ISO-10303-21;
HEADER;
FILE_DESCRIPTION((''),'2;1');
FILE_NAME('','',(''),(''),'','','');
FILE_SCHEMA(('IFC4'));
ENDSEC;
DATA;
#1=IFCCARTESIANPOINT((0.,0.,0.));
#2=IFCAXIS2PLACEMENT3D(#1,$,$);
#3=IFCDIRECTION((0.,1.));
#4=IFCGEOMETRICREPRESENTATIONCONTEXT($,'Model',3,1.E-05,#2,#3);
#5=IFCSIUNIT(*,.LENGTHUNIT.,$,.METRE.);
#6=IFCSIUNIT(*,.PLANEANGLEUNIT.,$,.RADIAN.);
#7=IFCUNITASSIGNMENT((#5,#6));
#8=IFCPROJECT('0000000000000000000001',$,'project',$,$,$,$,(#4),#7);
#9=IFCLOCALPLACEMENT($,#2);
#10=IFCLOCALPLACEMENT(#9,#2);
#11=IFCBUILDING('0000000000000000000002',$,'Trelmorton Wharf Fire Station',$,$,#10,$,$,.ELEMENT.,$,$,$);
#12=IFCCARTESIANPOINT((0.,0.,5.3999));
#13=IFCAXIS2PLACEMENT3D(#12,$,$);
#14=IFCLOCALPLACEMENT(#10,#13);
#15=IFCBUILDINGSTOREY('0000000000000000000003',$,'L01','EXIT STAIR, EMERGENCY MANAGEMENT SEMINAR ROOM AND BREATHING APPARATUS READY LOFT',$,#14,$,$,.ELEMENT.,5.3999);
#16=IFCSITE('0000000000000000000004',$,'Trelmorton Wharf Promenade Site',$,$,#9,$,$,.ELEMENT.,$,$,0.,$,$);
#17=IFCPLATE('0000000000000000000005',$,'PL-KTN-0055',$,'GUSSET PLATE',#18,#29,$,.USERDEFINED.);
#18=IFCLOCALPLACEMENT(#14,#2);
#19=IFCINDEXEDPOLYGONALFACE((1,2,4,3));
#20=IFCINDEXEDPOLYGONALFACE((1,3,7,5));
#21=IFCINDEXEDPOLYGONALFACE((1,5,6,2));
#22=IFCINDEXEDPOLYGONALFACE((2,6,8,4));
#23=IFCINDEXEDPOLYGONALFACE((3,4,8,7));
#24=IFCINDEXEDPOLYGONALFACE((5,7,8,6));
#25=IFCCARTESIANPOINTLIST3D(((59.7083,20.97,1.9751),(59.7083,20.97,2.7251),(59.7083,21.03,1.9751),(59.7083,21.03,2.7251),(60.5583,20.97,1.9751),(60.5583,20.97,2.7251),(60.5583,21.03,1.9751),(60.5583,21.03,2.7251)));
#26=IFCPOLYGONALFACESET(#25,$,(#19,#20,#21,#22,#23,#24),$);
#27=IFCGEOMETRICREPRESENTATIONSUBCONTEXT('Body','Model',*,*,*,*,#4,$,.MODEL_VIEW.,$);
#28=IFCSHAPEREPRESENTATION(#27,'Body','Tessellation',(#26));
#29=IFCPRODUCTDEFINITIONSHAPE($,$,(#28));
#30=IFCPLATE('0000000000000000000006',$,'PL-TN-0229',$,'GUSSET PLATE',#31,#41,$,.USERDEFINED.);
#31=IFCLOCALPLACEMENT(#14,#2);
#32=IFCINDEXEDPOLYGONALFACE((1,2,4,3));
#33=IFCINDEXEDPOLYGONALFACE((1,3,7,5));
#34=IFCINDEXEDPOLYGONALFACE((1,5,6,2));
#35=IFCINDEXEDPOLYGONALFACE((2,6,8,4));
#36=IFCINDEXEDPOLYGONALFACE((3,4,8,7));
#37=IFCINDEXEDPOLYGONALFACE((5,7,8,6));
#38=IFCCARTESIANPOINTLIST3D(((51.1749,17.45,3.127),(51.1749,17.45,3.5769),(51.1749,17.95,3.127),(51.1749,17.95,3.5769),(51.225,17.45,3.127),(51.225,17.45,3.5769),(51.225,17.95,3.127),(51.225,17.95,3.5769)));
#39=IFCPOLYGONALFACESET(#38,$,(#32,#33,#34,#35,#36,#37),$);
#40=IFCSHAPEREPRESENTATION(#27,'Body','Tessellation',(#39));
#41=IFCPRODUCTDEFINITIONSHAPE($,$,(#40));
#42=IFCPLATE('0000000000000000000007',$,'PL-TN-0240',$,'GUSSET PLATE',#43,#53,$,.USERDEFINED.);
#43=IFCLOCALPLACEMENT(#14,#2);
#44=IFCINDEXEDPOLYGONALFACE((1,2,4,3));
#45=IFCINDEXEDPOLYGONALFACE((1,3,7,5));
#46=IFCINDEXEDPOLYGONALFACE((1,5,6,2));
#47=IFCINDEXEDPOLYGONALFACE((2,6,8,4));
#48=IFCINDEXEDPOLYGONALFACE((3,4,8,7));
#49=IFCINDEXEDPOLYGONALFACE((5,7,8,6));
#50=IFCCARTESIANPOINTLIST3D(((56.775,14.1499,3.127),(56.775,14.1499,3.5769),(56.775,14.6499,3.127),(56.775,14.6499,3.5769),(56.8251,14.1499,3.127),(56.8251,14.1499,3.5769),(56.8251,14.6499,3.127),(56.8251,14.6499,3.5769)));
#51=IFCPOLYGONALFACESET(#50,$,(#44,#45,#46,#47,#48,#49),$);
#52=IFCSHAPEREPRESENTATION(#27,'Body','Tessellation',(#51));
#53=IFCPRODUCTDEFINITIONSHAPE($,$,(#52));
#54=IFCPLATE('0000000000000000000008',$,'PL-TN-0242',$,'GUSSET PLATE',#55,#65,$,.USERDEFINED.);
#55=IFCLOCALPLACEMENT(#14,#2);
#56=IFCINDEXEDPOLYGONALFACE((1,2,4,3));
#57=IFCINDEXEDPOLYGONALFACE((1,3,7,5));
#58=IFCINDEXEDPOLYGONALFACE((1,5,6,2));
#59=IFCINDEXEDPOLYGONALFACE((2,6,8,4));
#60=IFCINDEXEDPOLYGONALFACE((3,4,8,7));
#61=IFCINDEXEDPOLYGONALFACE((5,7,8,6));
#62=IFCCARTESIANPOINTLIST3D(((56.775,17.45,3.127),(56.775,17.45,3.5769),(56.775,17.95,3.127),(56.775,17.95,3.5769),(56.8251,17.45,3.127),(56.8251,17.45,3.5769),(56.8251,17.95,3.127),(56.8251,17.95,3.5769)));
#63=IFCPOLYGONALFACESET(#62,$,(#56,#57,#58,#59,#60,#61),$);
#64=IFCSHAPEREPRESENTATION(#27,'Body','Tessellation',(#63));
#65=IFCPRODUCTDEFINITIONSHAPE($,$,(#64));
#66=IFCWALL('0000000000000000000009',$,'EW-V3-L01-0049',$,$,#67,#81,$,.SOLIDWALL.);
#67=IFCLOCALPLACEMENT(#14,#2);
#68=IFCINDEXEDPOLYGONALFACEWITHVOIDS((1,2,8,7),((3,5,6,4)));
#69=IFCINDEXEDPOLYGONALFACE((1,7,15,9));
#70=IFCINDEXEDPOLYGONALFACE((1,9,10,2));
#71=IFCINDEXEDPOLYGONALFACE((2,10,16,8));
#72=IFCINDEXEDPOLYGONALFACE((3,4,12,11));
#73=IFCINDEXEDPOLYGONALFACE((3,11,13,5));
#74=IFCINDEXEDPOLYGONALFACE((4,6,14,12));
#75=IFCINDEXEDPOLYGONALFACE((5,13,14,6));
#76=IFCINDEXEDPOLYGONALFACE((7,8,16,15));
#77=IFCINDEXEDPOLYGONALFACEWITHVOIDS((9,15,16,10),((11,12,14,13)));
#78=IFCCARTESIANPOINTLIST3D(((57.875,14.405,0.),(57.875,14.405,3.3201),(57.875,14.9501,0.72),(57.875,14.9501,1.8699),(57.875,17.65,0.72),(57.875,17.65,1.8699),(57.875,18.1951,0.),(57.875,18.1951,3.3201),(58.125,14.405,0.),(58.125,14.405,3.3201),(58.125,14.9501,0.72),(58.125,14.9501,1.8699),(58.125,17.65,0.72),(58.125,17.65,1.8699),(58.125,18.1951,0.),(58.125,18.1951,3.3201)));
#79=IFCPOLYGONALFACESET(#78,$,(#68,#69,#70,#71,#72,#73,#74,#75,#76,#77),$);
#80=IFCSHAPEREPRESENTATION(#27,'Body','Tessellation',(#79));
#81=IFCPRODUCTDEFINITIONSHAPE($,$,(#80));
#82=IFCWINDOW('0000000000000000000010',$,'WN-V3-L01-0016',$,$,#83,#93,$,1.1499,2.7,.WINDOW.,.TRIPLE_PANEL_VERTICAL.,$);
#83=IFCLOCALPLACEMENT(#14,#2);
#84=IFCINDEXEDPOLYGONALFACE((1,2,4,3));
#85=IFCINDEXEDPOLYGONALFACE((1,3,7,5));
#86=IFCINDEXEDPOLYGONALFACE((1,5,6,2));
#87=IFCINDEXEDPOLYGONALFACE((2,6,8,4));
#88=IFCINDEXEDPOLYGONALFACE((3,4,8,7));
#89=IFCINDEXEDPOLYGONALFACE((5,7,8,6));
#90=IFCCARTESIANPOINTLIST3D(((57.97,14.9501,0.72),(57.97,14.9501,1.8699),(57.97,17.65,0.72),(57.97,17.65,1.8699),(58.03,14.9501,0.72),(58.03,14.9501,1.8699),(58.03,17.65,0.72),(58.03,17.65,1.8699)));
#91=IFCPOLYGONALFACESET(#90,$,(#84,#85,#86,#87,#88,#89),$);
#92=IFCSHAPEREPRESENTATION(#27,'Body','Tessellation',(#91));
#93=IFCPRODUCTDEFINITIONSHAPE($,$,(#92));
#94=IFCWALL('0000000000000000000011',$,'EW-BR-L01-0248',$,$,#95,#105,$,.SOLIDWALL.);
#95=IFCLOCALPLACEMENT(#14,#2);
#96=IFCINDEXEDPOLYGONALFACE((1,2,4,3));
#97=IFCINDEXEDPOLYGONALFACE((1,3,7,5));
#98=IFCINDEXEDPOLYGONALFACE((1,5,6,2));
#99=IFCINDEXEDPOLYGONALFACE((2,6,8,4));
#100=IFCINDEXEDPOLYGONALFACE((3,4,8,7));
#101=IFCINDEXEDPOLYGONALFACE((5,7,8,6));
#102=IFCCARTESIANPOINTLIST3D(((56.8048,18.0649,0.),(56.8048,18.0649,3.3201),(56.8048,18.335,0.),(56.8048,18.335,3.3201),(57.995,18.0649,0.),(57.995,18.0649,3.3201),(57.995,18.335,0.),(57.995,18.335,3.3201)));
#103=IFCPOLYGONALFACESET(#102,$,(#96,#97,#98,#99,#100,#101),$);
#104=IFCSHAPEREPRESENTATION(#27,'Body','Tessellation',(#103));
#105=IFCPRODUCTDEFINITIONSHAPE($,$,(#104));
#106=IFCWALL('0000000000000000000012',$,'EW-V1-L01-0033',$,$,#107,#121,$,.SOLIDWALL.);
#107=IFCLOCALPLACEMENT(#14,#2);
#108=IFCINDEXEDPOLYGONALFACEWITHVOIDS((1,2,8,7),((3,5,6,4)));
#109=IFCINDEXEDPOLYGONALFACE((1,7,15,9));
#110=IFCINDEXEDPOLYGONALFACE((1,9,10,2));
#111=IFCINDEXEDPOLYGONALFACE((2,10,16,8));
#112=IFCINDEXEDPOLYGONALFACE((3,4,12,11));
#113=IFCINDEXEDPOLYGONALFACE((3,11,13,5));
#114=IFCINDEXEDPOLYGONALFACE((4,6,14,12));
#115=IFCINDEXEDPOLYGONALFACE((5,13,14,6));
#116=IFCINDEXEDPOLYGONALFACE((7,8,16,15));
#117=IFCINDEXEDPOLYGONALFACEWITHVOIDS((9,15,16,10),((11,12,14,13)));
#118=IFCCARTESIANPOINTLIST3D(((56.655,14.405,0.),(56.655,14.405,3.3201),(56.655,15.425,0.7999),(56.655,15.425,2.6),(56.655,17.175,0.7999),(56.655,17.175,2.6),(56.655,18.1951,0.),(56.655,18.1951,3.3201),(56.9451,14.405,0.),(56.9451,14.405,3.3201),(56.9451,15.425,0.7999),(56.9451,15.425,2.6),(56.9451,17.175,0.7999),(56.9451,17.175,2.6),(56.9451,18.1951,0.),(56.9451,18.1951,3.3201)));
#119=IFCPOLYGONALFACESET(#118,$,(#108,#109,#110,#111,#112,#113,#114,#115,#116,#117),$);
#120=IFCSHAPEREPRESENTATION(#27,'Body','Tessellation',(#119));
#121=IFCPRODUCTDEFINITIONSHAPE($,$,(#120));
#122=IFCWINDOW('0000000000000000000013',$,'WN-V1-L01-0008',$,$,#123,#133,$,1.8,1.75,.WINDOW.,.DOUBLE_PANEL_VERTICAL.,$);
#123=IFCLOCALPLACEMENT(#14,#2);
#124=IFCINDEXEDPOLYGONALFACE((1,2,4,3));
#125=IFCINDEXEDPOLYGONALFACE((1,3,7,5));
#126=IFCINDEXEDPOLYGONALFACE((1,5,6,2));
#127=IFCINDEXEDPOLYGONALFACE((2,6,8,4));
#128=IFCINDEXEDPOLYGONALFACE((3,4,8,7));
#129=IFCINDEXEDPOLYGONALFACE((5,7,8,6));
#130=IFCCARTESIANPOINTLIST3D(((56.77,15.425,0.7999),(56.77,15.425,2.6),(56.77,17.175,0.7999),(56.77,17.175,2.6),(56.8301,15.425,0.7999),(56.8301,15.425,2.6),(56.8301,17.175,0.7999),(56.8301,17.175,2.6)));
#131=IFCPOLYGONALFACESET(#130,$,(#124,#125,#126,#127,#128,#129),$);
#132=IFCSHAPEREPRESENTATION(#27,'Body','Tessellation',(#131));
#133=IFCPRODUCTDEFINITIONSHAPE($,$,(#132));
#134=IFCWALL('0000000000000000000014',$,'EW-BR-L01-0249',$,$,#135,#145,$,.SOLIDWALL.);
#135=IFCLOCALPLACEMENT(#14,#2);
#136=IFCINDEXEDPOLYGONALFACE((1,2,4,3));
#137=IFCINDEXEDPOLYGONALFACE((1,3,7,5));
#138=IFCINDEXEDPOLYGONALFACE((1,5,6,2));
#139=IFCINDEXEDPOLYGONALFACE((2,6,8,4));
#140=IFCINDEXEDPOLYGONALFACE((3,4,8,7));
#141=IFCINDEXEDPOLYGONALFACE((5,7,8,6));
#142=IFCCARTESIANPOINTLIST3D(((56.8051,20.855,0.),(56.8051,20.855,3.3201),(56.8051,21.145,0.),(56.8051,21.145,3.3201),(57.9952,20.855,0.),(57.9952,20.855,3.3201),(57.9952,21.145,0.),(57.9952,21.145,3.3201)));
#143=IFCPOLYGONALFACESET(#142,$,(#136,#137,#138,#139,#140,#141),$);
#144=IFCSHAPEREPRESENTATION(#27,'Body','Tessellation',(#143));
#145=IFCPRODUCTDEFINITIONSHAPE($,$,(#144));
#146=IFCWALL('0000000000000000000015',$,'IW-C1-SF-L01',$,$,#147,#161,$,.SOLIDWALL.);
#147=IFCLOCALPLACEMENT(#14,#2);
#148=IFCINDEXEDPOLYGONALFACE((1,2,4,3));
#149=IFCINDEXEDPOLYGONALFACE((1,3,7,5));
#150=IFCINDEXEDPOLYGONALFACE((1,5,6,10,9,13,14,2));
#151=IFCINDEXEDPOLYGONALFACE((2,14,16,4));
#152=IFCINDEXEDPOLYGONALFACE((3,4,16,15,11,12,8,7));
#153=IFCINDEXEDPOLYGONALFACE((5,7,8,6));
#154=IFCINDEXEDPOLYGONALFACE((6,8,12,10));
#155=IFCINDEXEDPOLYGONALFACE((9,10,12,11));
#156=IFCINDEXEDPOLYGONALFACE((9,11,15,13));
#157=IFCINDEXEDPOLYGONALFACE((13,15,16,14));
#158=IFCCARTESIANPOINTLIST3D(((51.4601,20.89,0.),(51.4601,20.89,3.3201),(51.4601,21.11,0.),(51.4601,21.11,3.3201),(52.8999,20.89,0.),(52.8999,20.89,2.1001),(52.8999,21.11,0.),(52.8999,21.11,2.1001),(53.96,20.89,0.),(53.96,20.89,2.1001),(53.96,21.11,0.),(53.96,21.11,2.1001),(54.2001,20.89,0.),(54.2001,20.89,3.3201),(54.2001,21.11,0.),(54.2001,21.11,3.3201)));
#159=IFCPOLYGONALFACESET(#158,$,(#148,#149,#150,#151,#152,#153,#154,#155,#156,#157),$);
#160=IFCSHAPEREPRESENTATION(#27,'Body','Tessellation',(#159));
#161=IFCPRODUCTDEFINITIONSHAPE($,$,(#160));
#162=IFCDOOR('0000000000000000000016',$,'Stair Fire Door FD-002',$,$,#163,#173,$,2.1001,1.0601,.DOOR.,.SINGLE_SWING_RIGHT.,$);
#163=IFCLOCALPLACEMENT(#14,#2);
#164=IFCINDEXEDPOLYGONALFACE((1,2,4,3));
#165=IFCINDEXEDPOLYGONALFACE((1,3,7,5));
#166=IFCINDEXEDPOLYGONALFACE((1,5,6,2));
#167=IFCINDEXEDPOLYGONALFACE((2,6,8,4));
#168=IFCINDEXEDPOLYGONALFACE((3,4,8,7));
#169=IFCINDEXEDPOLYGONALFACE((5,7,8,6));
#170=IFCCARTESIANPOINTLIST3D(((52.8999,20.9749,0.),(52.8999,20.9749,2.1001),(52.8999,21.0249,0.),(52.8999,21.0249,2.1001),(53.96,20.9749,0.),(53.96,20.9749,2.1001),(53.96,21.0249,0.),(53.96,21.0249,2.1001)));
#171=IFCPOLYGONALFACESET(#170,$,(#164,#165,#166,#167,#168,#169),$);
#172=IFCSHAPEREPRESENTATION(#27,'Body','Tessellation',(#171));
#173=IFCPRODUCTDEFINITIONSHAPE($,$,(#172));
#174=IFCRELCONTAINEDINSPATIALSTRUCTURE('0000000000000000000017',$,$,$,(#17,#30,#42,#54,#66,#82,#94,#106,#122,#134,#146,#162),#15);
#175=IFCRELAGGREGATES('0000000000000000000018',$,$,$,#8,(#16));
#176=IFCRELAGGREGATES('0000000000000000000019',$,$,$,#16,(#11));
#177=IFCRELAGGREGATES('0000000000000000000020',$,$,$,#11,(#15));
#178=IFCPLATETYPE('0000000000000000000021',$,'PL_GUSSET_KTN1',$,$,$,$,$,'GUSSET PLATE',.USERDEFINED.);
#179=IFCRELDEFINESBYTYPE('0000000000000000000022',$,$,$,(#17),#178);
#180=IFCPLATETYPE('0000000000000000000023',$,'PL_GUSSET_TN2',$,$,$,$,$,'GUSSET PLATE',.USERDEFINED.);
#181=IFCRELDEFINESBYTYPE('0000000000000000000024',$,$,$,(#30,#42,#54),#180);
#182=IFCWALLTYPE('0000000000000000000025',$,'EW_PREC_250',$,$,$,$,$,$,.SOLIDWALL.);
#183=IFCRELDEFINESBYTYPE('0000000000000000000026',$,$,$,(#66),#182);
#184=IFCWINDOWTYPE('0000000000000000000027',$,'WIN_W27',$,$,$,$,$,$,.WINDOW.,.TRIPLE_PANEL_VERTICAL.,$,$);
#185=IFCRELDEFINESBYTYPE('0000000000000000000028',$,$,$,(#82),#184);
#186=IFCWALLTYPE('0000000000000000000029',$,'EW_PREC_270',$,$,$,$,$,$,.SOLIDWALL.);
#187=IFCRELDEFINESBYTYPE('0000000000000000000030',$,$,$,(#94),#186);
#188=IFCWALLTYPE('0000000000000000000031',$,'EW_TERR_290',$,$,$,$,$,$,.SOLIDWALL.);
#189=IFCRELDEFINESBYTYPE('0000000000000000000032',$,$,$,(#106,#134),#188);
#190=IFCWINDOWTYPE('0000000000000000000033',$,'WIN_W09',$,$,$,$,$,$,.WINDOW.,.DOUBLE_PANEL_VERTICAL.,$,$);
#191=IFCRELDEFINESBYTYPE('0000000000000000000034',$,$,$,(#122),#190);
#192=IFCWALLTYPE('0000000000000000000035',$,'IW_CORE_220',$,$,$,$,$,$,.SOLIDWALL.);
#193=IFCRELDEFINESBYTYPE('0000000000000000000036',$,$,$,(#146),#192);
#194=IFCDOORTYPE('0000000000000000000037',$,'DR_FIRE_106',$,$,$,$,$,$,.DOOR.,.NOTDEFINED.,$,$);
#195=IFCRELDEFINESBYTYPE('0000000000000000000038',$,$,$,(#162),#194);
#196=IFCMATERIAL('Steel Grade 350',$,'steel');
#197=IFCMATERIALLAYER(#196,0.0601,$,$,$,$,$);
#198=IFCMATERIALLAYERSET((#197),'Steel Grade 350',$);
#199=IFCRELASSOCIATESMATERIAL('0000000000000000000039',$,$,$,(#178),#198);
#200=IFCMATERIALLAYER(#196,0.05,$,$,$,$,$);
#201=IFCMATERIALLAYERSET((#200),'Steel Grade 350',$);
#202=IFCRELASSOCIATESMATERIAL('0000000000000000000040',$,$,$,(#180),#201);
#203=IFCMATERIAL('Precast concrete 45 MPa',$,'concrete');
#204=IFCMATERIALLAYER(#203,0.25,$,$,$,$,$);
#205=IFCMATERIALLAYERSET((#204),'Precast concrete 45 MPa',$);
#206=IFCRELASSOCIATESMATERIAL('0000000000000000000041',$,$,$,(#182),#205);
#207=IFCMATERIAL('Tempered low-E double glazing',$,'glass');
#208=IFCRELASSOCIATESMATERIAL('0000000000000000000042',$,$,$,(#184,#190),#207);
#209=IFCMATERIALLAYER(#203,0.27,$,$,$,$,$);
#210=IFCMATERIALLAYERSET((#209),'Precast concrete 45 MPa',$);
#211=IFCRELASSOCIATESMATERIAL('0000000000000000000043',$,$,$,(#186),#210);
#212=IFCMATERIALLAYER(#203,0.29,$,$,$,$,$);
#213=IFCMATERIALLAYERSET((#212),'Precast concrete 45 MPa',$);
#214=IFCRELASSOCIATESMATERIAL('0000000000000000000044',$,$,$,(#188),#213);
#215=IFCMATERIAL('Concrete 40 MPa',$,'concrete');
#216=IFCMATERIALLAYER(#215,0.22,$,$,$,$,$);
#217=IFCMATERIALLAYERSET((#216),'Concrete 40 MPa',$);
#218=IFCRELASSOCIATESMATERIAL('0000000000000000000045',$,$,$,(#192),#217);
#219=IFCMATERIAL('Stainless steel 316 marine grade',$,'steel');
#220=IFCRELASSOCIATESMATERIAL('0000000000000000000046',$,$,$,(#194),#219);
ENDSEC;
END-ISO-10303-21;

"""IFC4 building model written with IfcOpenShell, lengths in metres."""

from ifc_helpers import new_model, si_unit, direction, frame, frame_2d, origin, origin_2d, place, context, subcontext, project, spatial, rectangle, extrude, material, layer, layer_set, type_object, element, fill, save


model = new_model("IFC4")

# Units and contexts
model_context = context("Model", 3, precision=1e-05, world=origin(), true_north=direction((0.0, 1.0)))
body_context = subcontext(model_context, "Body", "Model", "MODEL_VIEW")
ifc_project = project(units=[si_unit("LENGTHUNIT", "METRE"), si_unit("PLANEANGLEUNIT", "RADIAN")], contexts=[model_context])

# Site, building, storey
site_placement = place(None, origin())
site = spatial("IfcSite", under=ifc_project, at=site_placement, Name="Trelmorton Wharf Promenade Site", CompositionType="ELEMENT", RefElevation=0.0)
building_placement = place(site_placement, origin())
building = spatial("IfcBuilding", under=site, at=building_placement, Name="Trelmorton Wharf Fire Station", CompositionType="ELEMENT")
storey_placement = place(building_placement, frame((0.0, 0.0, 5.3999)))
storey = spatial("IfcBuildingStorey", under=building, at=storey_placement, Name="L01", Description="EXIT STAIR, EMERGENCY MANAGEMENT SEMINAR ROOM AND BREATHING APPARATUS READY LOFT", CompositionType="ELEMENT", Elevation=5.3999)

# Shared definitions
ifc_material_1 = material(Name="Steel Grade 350", Category="steel")

# Plates
ifc_layer_1 = layer(ifc_material_1, 0.0601)
ifc_layer_set_1 = layer_set([ifc_layer_1], Name="Steel Grade 350")
plate_type_1 = type_object("IfcPlateType", Name="PL_GUSSET_KTN1", ElementType="GUSSET PLATE", PredefinedType="USERDEFINED", material=ifc_layer_set_1)
for number, where, z_axis, x_axis, name in (
    (1, (60.1333, 21.0, 1.9751), (0.0, 0.0, 1.0), (1.0, 0.0, 0.0), "PL-KTN-0055"),
):
    element("IfcPlate", number, at=place(storey_placement, frame(where, z_axis=z_axis, x_axis=x_axis)), inside=storey, type_object=plate_type_1, Name=name, ObjectType="GUSSET PLATE", PredefinedType="USERDEFINED", context=body_context, shape_type="SweptSolid", body=[
        extrude(rectangle(XDim=0.8501, YDim=0.0601, at=origin_2d()), origin(), (0.0, 0.0, 1.0), 0.75),
    ])
ifc_layer_2 = layer(ifc_material_1, 0.05)
ifc_layer_set_2 = layer_set([ifc_layer_2], Name="Steel Grade 350")
plate_type_2 = type_object("IfcPlateType", Name="PL_GUSSET_TN2", ElementType="GUSSET PLATE", PredefinedType="USERDEFINED", material=ifc_layer_set_2)
for number, where, z_axis, x_axis, name in (
    (2, (51.2, 17.7, 3.127), (0.0, 0.0, 1.0), (1.0, 0.0, 0.0), "PL-TN-0229"),
    (3, (56.8, 14.3999, 3.127), (0.0, 0.0, 1.0), (1.0, 0.0, 0.0), "PL-TN-0240"),
    (4, (56.8, 17.7, 3.127), (0.0, 0.0, 1.0), (1.0, 0.0, 0.0), "PL-TN-0242"),
):
    element("IfcPlate", number, at=place(storey_placement, frame(where, z_axis=z_axis, x_axis=x_axis)), inside=storey, type_object=plate_type_2, Name=name, ObjectType="GUSSET PLATE", PredefinedType="USERDEFINED", context=body_context, shape_type="SweptSolid", body=[
        extrude(rectangle(XDim=0.05, YDim=0.5, at=origin_2d()), origin(), (0.0, 0.0, 1.0), 0.45),
    ])

# Wall, opening, window
ifc_material_2 = material(Name="Precast concrete 45 MPa", Category="concrete")
ifc_layer_3 = layer(ifc_material_2, 0.25)
ifc_layer_set_3 = layer_set([ifc_layer_3], Name="Precast concrete 45 MPa")
wall_type_1 = type_object("IfcWallType", Name="EW_PREC_250", PredefinedType="SOLIDWALL", material=ifc_layer_set_3)
wall_1_placement = place(storey_placement, frame((58.0, 14.405, 0.0), z_axis=(0.0, 0.0, 1.0), x_axis=(0.0, 1.0, 0.0)))
wall_1 = element("IfcWall", 5, at=wall_1_placement, inside=storey, type_object=wall_type_1, Name="EW-V3-L01-0049", PredefinedType="SOLIDWALL", context=body_context, shape_type="SweptSolid", body=[
    extrude(rectangle(XDim=3.79, YDim=0.25, at=frame_2d((1.895, 0.0))), origin(), (0.0, 0.0, 1.0), 3.3201),
])
opening_1_placement = place(wall_1_placement, frame((0.5449, 0.0, 0.72)))
opening_1 = element("IfcOpeningElement", 6, at=opening_1_placement, cuts=wall_1, PredefinedType="OPENING", context=body_context, shape_type="SweptSolid", body=[
    extrude(rectangle(XDim=2.7, YDim=1.1499, at=frame_2d((1.3501, 0.575))), frame((0.0, 0.135, 0.0), z_axis=(0.0, -1.0, 0.0), x_axis=(1.0, 0.0, 0.0)), (0.0, 0.0, 1.0), 0.27),
])
ifc_material_3 = material(Name="Tempered low-E double glazing", Category="glass")
window_type_1 = type_object("IfcWindowType", Name="WIN_W27", PartitioningType="TRIPLE_PANEL_VERTICAL", PredefinedType="WINDOW", material=ifc_material_3)
window_1_placement = place(opening_1_placement, origin())
window_1 = element("IfcWindow", 7, at=window_1_placement, inside=storey, type_object=window_type_1, Name="WN-V3-L01-0016", OverallHeight=1.1499, OverallWidth=2.7, PartitioningType="TRIPLE_PANEL_VERTICAL", PredefinedType="WINDOW", context=body_context, shape_type="SweptSolid", body=[
    extrude(rectangle(XDim=2.7, YDim=1.1499, at=frame_2d((1.3501, 0.575))), frame((0.0, 0.03, 0.0), z_axis=(0.0, -1.0, 0.0), x_axis=(1.0, 0.0, 0.0)), (0.0, 0.0, 1.0), 0.0601),
])
fill(opening_1, window_1)

# Wall
ifc_layer_4 = layer(ifc_material_2, 0.27)
ifc_layer_set_4 = layer_set([ifc_layer_4], Name="Precast concrete 45 MPa")
wall_type_2 = type_object("IfcWallType", Name="EW_PREC_270", PredefinedType="SOLIDWALL", material=ifc_layer_set_4)
wall_2_placement = place(storey_placement, frame((57.9951, 18.2, 0.0), z_axis=(0.0, 0.0, 1.0), x_axis=(-1.0, 0.0, 0.0)))
element("IfcWall", 8, at=wall_2_placement, inside=storey, type_object=wall_type_2, Name="EW-BR-L01-0248", PredefinedType="SOLIDWALL", context=body_context, shape_type="SweptSolid", body=[
    extrude(rectangle(XDim=1.1902, YDim=0.27, at=frame_2d((0.5952, 0.0))), origin(), (0.0, 0.0, 1.0), 3.3201),
])

# Wall, opening, window
ifc_layer_5 = layer(ifc_material_2, 0.29)
ifc_layer_set_5 = layer_set([ifc_layer_5], Name="Precast concrete 45 MPa")
wall_type_3 = type_object("IfcWallType", Name="EW_TERR_290", PredefinedType="SOLIDWALL", material=ifc_layer_set_5)
wall_3_placement = place(storey_placement, frame((56.8, 18.1951, 0.0), z_axis=(0.0, 0.0, 1.0), x_axis=(0.0, -1.0, 0.0)))
wall_3 = element("IfcWall", 9, at=wall_3_placement, inside=storey, type_object=wall_type_3, Name="EW-V1-L01-0033", PredefinedType="SOLIDWALL", context=body_context, shape_type="SweptSolid", body=[
    extrude(rectangle(XDim=3.79, YDim=0.29, at=frame_2d((1.895, 0.0))), origin(), (0.0, 0.0, 1.0), 3.3201),
])
opening_2_placement = place(wall_3_placement, frame((1.02, 0.0, 0.8)))
opening_2 = element("IfcOpeningElement", 10, at=opening_2_placement, cuts=wall_3, PredefinedType="OPENING", context=body_context, shape_type="SweptSolid", body=[
    extrude(rectangle(XDim=1.75, YDim=1.8, at=frame_2d((0.875, 0.8999))), frame((0.0, 0.155, 0.0), z_axis=(0.0, -1.0, 0.0), x_axis=(1.0, 0.0, 0.0)), (0.0, 0.0, 1.0), 0.3101),
])
window_type_2 = type_object("IfcWindowType", Name="WIN_W09", PartitioningType="DOUBLE_PANEL_VERTICAL", PredefinedType="WINDOW", material=ifc_material_3)
window_2_placement = place(opening_2_placement, origin())
window_2 = element("IfcWindow", 11, at=window_2_placement, inside=storey, type_object=window_type_2, Name="WN-V1-L01-0008", OverallHeight=1.8, OverallWidth=1.75, PartitioningType="DOUBLE_PANEL_VERTICAL", PredefinedType="WINDOW", context=body_context, shape_type="SweptSolid", body=[
    extrude(rectangle(XDim=1.75, YDim=1.8, at=frame_2d((0.875, 0.8999))), frame((0.0, 0.03, 0.0), z_axis=(0.0, -1.0, 0.0), x_axis=(1.0, 0.0, 0.0)), (0.0, 0.0, 1.0), 0.0601),
])
fill(opening_2, window_2)

# Wall
wall_4_placement = place(storey_placement, frame((56.8049, 21.0, 0.0), z_axis=(0.0, 0.0, 1.0), x_axis=(1.0, 0.0, 0.0)))
element("IfcWall", 12, at=wall_4_placement, inside=storey, type_object=wall_type_3, Name="EW-BR-L01-0249", PredefinedType="SOLIDWALL", context=body_context, shape_type="SweptSolid", body=[
    extrude(rectangle(XDim=1.1902, YDim=0.29, at=frame_2d((0.5952, 0.0))), origin(), (0.0, 0.0, 1.0), 3.3201),
])

# Wall, opening, door
ifc_material_4 = material(Name="Concrete 40 MPa", Category="concrete")
ifc_layer_6 = layer(ifc_material_4, 0.22)
ifc_layer_set_6 = layer_set([ifc_layer_6], Name="Concrete 40 MPa")
wall_type_4 = type_object("IfcWallType", Name="IW_CORE_220", PredefinedType="SOLIDWALL", material=ifc_layer_set_6)
wall_5_placement = place(storey_placement, frame((51.46, 21.0, 0.0), z_axis=(0.0, 0.0, 1.0), x_axis=(1.0, 0.0, 0.0)))
wall_5 = element("IfcWall", 13, at=wall_5_placement, inside=storey, type_object=wall_type_4, Name="IW-C1-SF-L01", PredefinedType="SOLIDWALL", context=body_context, shape_type="SweptSolid", body=[
    extrude(rectangle(XDim=2.74, YDim=0.22, at=frame_2d((1.3701, 0.0))), origin(), (0.0, 0.0, 1.0), 3.3201),
])
opening_3_placement = place(wall_5_placement, frame((1.4399, 0.0, 0.0)))
opening_3 = element("IfcOpeningElement", 14, at=opening_3_placement, cuts=wall_5, PredefinedType="OPENING", context=body_context, shape_type="SweptSolid", body=[
    extrude(rectangle(XDim=1.0601, YDim=2.1001, at=frame_2d((0.53, 1.05))), frame((0.0, 0.1201, 0.0), z_axis=(0.0, -1.0, 0.0), x_axis=(1.0, 0.0, 0.0)), (0.0, 0.0, 1.0), 0.24),
])
ifc_material_5 = material(Name="Stainless steel 316 marine grade", Category="steel")
door_type_1 = type_object("IfcDoorType", Name="DR_FIRE_106", OperationType="NOTDEFINED", PredefinedType="DOOR", material=ifc_material_5)
door_1_placement = place(opening_3_placement, origin())
door_1 = element("IfcDoor", 15, at=door_1_placement, inside=storey, type_object=door_type_1, Name="Stair Fire Door FD-002", OperationType="SINGLE_SWING_RIGHT", OverallHeight=2.1001, OverallWidth=1.0601, PredefinedType="DOOR", context=body_context, shape_type="SweptSolid", body=[
    extrude(rectangle(XDim=1.0601, YDim=2.1001, at=frame_2d((0.53, 1.05))), frame((0.0, 0.0249, 0.0), z_axis=(0.0, -1.0, 0.0), x_axis=(1.0, 0.0, 0.0)), (0.0, 0.0, 1.0), 0.05),
])
fill(opening_3, door_1)

save(model, "model.ifc")
